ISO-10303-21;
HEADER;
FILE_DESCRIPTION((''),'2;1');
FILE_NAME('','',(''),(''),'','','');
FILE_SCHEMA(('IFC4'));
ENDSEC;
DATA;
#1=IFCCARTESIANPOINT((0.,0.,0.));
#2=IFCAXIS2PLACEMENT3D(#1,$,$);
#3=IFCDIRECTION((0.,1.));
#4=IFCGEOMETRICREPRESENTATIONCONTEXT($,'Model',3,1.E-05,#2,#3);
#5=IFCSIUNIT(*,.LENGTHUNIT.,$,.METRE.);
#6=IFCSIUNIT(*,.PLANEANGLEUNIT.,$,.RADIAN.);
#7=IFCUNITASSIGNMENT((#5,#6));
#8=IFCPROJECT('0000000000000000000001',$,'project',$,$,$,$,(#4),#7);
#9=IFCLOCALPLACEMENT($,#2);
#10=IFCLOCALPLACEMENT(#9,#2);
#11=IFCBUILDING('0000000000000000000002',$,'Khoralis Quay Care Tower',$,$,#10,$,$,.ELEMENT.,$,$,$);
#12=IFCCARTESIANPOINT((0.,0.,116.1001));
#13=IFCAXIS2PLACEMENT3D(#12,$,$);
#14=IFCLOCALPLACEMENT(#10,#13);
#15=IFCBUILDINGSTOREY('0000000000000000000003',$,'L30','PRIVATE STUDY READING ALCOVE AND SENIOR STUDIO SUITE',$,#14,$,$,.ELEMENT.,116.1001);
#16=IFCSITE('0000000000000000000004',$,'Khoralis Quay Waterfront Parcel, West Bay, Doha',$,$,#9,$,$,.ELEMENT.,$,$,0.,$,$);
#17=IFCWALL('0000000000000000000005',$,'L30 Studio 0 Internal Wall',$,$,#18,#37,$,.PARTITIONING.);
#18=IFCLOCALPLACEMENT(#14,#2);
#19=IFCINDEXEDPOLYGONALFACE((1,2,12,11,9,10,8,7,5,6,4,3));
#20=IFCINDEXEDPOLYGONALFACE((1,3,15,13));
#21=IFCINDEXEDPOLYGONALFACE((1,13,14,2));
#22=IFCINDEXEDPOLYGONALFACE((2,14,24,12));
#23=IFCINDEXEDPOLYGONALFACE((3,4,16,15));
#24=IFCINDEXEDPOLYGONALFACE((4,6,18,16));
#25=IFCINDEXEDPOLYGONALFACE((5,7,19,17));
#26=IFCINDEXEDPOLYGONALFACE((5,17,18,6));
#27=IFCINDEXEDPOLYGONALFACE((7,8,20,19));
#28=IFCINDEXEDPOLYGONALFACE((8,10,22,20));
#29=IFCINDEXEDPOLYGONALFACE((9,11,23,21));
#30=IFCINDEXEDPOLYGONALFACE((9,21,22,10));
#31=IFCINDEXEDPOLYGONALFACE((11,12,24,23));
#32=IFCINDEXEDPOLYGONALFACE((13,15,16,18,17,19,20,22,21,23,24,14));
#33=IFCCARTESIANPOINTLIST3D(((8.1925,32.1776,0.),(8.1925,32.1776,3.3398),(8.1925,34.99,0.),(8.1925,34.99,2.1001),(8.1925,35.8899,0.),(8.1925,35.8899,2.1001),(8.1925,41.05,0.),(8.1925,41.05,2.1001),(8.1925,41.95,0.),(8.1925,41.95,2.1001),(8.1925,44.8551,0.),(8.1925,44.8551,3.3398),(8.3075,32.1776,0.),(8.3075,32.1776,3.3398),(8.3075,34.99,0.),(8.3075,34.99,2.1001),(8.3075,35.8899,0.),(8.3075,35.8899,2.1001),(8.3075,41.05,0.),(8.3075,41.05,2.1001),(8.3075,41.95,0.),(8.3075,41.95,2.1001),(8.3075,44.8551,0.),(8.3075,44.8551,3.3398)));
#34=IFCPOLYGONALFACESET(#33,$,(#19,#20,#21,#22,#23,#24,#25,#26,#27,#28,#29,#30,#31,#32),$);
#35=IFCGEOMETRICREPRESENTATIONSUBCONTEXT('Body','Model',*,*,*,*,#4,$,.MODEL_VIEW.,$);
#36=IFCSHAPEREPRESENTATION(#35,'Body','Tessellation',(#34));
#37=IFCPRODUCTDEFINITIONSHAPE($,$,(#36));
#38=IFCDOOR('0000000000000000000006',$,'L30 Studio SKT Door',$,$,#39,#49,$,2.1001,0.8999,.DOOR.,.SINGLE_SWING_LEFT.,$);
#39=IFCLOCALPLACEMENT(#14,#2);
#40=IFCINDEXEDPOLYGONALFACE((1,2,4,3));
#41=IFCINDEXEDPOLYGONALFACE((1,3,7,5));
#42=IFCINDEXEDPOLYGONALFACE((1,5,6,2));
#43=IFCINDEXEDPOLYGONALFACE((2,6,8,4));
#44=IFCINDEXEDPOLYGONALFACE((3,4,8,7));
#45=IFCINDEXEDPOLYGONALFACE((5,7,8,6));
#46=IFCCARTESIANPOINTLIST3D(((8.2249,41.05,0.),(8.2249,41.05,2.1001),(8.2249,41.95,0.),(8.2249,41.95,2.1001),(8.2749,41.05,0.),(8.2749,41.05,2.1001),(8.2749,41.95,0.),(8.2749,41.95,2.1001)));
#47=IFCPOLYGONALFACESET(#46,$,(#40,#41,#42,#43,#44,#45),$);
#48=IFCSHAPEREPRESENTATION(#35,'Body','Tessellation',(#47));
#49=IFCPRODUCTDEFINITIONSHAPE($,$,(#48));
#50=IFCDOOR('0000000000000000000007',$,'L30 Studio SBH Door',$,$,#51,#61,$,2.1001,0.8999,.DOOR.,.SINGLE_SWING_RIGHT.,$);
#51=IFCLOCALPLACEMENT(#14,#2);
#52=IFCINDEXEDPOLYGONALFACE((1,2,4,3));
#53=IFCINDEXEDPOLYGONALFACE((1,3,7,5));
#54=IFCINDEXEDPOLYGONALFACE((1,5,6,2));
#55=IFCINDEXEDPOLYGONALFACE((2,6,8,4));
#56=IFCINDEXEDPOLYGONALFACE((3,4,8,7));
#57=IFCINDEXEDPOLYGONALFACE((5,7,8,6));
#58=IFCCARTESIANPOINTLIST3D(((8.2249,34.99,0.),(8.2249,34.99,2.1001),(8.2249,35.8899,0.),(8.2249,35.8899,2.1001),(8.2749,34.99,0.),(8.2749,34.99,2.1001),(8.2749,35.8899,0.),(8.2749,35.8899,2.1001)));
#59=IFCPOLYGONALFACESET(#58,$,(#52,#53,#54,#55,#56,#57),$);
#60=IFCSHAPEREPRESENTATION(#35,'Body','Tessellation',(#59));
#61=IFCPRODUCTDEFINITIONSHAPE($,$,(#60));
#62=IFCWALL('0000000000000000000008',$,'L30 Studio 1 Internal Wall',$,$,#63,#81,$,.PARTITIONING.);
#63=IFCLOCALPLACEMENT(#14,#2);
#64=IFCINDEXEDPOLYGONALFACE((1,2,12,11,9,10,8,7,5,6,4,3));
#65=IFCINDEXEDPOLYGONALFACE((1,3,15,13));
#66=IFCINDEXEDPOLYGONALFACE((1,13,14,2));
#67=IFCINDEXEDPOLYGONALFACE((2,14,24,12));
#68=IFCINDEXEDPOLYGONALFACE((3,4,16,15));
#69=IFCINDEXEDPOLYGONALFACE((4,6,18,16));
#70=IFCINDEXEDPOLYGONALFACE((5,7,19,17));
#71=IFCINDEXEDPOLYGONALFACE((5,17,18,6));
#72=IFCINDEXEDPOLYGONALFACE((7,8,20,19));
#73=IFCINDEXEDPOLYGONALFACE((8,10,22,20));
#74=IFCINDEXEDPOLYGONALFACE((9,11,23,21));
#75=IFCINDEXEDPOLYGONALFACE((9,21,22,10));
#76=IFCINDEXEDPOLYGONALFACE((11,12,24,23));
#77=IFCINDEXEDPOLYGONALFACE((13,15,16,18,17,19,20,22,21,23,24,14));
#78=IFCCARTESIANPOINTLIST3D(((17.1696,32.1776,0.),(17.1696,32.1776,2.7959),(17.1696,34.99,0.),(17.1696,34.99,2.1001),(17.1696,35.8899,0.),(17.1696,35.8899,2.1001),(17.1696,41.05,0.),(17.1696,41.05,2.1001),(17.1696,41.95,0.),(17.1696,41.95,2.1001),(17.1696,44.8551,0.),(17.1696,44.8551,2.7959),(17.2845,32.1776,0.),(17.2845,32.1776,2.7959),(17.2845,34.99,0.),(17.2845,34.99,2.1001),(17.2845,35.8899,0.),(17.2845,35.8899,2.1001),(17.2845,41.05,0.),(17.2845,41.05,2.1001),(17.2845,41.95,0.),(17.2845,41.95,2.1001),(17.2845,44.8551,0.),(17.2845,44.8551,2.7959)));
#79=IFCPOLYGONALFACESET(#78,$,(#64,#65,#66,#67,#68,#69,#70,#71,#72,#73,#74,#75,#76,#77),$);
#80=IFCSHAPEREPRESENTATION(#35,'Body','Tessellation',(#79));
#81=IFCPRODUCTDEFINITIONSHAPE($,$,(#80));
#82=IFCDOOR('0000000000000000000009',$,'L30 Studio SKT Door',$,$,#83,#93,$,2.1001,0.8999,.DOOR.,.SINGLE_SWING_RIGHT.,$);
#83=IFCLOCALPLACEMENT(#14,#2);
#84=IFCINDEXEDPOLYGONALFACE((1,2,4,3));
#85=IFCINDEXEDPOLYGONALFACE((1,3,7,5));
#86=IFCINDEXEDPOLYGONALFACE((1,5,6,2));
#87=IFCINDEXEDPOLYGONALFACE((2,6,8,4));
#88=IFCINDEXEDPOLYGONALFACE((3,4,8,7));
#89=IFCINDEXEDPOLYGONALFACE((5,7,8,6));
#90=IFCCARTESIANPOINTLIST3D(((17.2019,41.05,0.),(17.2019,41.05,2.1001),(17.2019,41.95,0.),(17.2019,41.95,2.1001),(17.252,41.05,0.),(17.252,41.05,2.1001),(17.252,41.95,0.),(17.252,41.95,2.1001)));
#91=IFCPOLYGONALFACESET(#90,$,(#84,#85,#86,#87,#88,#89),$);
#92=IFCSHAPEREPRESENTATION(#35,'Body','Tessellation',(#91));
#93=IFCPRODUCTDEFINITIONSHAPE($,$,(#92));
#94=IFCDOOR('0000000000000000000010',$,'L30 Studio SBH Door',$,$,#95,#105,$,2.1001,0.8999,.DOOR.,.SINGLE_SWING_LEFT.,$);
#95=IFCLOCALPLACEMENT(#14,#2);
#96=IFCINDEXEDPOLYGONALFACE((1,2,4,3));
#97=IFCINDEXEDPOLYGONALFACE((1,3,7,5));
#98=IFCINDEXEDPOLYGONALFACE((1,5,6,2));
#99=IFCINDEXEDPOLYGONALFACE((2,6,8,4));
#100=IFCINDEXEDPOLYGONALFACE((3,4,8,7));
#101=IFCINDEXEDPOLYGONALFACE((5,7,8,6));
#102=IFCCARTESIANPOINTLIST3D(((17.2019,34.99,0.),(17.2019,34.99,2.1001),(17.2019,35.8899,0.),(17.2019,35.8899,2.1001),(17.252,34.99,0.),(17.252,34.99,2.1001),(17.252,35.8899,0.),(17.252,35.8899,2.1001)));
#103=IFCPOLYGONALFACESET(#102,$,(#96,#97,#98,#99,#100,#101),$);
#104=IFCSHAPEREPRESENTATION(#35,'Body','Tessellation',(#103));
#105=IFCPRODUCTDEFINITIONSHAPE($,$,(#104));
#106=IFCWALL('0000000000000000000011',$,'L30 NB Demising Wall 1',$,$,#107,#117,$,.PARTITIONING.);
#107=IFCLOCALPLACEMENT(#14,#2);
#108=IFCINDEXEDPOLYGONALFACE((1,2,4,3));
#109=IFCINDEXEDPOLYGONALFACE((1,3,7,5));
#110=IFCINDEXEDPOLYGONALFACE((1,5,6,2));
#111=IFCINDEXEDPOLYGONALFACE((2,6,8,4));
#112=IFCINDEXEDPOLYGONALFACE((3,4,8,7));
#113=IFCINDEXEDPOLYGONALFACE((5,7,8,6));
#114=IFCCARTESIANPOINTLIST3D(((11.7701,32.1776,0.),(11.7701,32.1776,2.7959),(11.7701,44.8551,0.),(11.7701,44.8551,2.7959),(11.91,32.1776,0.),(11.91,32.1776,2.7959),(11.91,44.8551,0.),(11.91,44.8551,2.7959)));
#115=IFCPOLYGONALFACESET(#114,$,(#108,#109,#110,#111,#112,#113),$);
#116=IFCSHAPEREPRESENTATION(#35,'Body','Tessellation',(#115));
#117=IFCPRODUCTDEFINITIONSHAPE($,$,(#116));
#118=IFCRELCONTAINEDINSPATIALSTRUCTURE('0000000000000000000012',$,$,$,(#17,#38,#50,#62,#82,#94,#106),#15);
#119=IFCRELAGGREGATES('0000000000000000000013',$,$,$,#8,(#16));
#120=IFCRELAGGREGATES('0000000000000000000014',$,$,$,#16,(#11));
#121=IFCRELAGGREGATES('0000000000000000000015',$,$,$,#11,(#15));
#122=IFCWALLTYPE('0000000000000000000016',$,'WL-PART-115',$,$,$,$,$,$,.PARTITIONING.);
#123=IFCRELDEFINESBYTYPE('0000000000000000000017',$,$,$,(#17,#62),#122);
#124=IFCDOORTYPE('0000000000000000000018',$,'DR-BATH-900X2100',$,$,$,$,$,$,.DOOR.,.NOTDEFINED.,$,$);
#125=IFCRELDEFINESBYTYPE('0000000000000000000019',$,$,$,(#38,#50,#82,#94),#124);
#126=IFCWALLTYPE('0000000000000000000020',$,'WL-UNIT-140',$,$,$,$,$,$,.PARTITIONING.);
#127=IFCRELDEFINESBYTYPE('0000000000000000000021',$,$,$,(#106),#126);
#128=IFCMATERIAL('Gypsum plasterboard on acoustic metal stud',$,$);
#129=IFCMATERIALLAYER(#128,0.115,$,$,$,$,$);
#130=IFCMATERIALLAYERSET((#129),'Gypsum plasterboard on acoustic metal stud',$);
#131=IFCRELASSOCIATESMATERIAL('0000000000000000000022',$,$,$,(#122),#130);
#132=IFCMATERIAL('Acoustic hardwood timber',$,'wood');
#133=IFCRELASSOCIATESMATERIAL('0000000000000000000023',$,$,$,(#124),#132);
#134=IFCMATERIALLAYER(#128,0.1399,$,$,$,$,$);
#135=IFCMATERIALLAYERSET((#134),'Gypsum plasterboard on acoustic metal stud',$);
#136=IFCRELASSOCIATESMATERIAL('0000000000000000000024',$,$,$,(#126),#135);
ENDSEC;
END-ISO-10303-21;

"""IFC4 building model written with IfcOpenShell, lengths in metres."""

from ifc_helpers import new_model, si_unit, direction, frame, frame_2d, origin, place, context, subcontext, project, spatial, rectangle, extrude, source, transform, mapped, material, layer, layer_set, type_object, element, fill, save


model = new_model("IFC4")

# Units and contexts
model_context = context("Model", 3, precision=1e-05, world=origin(), true_north=direction((0.0, 1.0)))
body_context = subcontext(model_context, "Body", "Model", "MODEL_VIEW")
ifc_project = project(units=[si_unit("LENGTHUNIT", "METRE"), si_unit("PLANEANGLEUNIT", "RADIAN")], contexts=[model_context])

# Site, building, storey
site_placement = place(None, origin())
site = spatial("IfcSite", under=ifc_project, at=site_placement, Name="Khoralis Quay Waterfront Parcel, West Bay, Doha", CompositionType="ELEMENT", RefElevation=0.0)
building_placement = place(site_placement, origin())
building = spatial("IfcBuilding", under=site, at=building_placement, Name="Khoralis Quay Care Tower", CompositionType="ELEMENT")
storey_placement = place(building_placement, frame((0.0, 0.0, 116.1001)))
storey = spatial("IfcBuildingStorey", under=building, at=storey_placement, Name="L30", Description="PRIVATE STUDY READING ALCOVE AND SENIOR STUDIO SUITE", CompositionType="ELEMENT", Elevation=116.1001)

# Shared definitions
ifc_material_1 = material(Name="Gypsum plasterboard on acoustic metal stud")

# Walls, openings, doors
ifc_material_2 = material(Name="Acoustic hardwood timber", Category="wood")
ifc_layer_1 = layer(ifc_material_1, 0.115)
ifc_layer_set_1 = layer_set([ifc_layer_1], Name="Gypsum plasterboard on acoustic metal stud")
wall_type_1 = type_object("IfcWallType", Name="WL-PART-115", PredefinedType="PARTITIONING", material=ifc_layer_set_1)
wall_1_placement = place(storey_placement, frame((8.25, 32.1775, 0.0), z_axis=(0.0, 0.0, 1.0), x_axis=(0.0, 1.0, 0.0)))
wall_1 = element("IfcWall", 1, at=wall_1_placement, inside=storey, type_object=wall_type_1, Name="L30 Studio 0 Internal Wall", PredefinedType="PARTITIONING", context=body_context, shape_type="SweptSolid", body=[
    extrude(rectangle(XDim=12.6775, YDim=0.115, at=frame_2d((6.3389, 0.0))), origin(), (0.0, 0.0, 1.0), 3.3398),
])
opening_1_placement = place(wall_1_placement, frame((8.8726, 0.0, 0.0)))
opening_1 = element("IfcOpeningElement", 2, at=opening_1_placement, cuts=wall_1, PredefinedType="OPENING", context=body_context, shape_type="SweptSolid", body=[
    extrude(rectangle(XDim=0.8999, YDim=2.1001, at=frame_2d((0.45, 1.05))), frame((0.0, 0.0674, 0.0), z_axis=(0.0, -1.0, 0.0), x_axis=(1.0, 0.0, 0.0)), (0.0, 0.0, 1.0), 0.135),
])
opening_2_placement = place(wall_1_placement, frame((2.8125, 0.0, 0.0)))
opening_2 = element("IfcOpeningElement", 3, at=opening_2_placement, cuts=wall_1, PredefinedType="OPENING", context=body_context, shape_type="SweptSolid", body=[
    extrude(rectangle(XDim=0.8999, YDim=2.1001, at=frame_2d((0.45, 1.05))), frame((0.0, 0.0674, 0.0), z_axis=(0.0, -1.0, 0.0), x_axis=(1.0, 0.0, 0.0)), (0.0, 0.0, 1.0), 0.135),
])
door_type_1 = type_object("IfcDoorType", Name="DR-BATH-900X2100", OperationType="NOTDEFINED", PredefinedType="DOOR", material=ifc_material_2)
shared_shape_1 = source(origin(), body_context, "Body", "SweptSolid", [
    extrude(rectangle(XDim=0.8999, YDim=2.1001, at=frame_2d((0.45, 1.05))), frame((0.0, 0.0249, 0.0), z_axis=(0.0, -1.0, 0.0), x_axis=(1.0, 0.0, 0.0)), (0.0, 0.0, 1.0), 0.05),
])
door_1_placement = place(opening_1_placement, frame((0.8999, 0.0, 0.0), z_axis=(0.0, 0.0, 1.0), x_axis=(-1.0, 0.0, 0.0)))
door_1 = element("IfcDoor", 4, at=door_1_placement, inside=storey, type_object=door_type_1, Name="L30 Studio SKT Door", OperationType="SINGLE_SWING_LEFT", OverallHeight=2.1001, OverallWidth=0.8999, PredefinedType="DOOR", context=body_context, shape_type="MappedRepresentation", body=[
    mapped(shared_shape_1, transform((0.0, 0.0, 0.0), scale=1.0)),
])
fill(opening_1, door_1)
door_2_placement = place(opening_2_placement, frame((0.8999, 0.0, 0.0), z_axis=(0.0, 0.0, 1.0), x_axis=(-1.0, 0.0, 0.0)))
door_2 = element("IfcDoor", 5, at=door_2_placement, inside=storey, type_object=door_type_1, Name="L30 Studio SBH Door", OperationType="SINGLE_SWING_RIGHT", OverallHeight=2.1001, OverallWidth=0.8999, PredefinedType="DOOR", context=body_context, shape_type="MappedRepresentation", body=[
    mapped(shared_shape_1, transform((0.0, 0.0, 0.0), scale=1.0)),
])
fill(opening_2, door_2)
wall_2_placement = place(storey_placement, frame((17.2271, 32.1775, 0.0), z_axis=(0.0, 0.0, 1.0), x_axis=(0.0, 1.0, 0.0)))
wall_2 = element("IfcWall", 6, at=wall_2_placement, inside=storey, type_object=wall_type_1, Name="L30 Studio 1 Internal Wall", PredefinedType="PARTITIONING", context=body_context, shape_type="SweptSolid", body=[
    extrude(rectangle(XDim=12.6775, YDim=0.115, at=frame_2d((6.3389, 0.0))), origin(), (0.0, 0.0, 1.0), 2.7959),
])
opening_3_placement = place(wall_2_placement, frame((8.8726, 0.0, 0.0)))
opening_3 = element("IfcOpeningElement", 7, at=opening_3_placement, cuts=wall_2, PredefinedType="OPENING", context=body_context, shape_type="SweptSolid", body=[
    extrude(rectangle(XDim=0.8999, YDim=2.1001, at=frame_2d((0.45, 1.05))), frame((0.0, 0.0674, 0.0), z_axis=(0.0, -1.0, 0.0), x_axis=(1.0, 0.0, 0.0)), (0.0, 0.0, 1.0), 0.135),
])
opening_4_placement = place(wall_2_placement, frame((2.8125, 0.0, 0.0)))
opening_4 = element("IfcOpeningElement", 8, at=opening_4_placement, cuts=wall_2, PredefinedType="OPENING", context=body_context, shape_type="SweptSolid", body=[
    extrude(rectangle(XDim=0.8999, YDim=2.1001, at=frame_2d((0.45, 1.05))), frame((0.0, 0.0674, 0.0), z_axis=(0.0, -1.0, 0.0), x_axis=(1.0, 0.0, 0.0)), (0.0, 0.0, 1.0), 0.135),
])
door_3_placement = place(opening_3_placement, frame((0.8999, 0.0, 0.0), z_axis=(0.0, 0.0, 1.0), x_axis=(-1.0, 0.0, 0.0)))
door_3 = element("IfcDoor", 9, at=door_3_placement, inside=storey, type_object=door_type_1, Name="L30 Studio SKT Door", OperationType="SINGLE_SWING_RIGHT", OverallHeight=2.1001, OverallWidth=0.8999, PredefinedType="DOOR", context=body_context, shape_type="MappedRepresentation", body=[
    mapped(shared_shape_1, transform((0.0, 0.0, 0.0), scale=1.0)),
])
fill(opening_3, door_3)
door_4_placement = place(opening_4_placement, frame((0.8999, 0.0, 0.0), z_axis=(0.0, 0.0, 1.0), x_axis=(-1.0, 0.0, 0.0)))
door_4 = element("IfcDoor", 10, at=door_4_placement, inside=storey, type_object=door_type_1, Name="L30 Studio SBH Door", OperationType="SINGLE_SWING_LEFT", OverallHeight=2.1001, OverallWidth=0.8999, PredefinedType="DOOR", context=body_context, shape_type="MappedRepresentation", body=[
    mapped(shared_shape_1, transform((0.0, 0.0, 0.0), scale=1.0)),
])
fill(opening_4, door_4)

# Wall
ifc_layer_2 = layer(ifc_material_1, 0.1399)
ifc_layer_set_2 = layer_set([ifc_layer_2], Name="Gypsum plasterboard on acoustic metal stud")
wall_type_2 = type_object("IfcWallType", Name="WL-UNIT-140", PredefinedType="PARTITIONING", material=ifc_layer_set_2)
wall_3_placement = place(storey_placement, frame((11.8401, 32.1775, 0.0), z_axis=(0.0, 0.0, 1.0), x_axis=(0.0, 1.0, 0.0)))
element("IfcWall", 11, at=wall_3_placement, inside=storey, type_object=wall_type_2, Name="L30 NB Demising Wall 1", PredefinedType="PARTITIONING", context=body_context, shape_type="SweptSolid", body=[
    extrude(rectangle(XDim=12.6775, YDim=0.1399, at=frame_2d((6.3389, 0.0))), origin(), (0.0, 0.0, 1.0), 2.7959),
])

save(model, "model.ifc")
